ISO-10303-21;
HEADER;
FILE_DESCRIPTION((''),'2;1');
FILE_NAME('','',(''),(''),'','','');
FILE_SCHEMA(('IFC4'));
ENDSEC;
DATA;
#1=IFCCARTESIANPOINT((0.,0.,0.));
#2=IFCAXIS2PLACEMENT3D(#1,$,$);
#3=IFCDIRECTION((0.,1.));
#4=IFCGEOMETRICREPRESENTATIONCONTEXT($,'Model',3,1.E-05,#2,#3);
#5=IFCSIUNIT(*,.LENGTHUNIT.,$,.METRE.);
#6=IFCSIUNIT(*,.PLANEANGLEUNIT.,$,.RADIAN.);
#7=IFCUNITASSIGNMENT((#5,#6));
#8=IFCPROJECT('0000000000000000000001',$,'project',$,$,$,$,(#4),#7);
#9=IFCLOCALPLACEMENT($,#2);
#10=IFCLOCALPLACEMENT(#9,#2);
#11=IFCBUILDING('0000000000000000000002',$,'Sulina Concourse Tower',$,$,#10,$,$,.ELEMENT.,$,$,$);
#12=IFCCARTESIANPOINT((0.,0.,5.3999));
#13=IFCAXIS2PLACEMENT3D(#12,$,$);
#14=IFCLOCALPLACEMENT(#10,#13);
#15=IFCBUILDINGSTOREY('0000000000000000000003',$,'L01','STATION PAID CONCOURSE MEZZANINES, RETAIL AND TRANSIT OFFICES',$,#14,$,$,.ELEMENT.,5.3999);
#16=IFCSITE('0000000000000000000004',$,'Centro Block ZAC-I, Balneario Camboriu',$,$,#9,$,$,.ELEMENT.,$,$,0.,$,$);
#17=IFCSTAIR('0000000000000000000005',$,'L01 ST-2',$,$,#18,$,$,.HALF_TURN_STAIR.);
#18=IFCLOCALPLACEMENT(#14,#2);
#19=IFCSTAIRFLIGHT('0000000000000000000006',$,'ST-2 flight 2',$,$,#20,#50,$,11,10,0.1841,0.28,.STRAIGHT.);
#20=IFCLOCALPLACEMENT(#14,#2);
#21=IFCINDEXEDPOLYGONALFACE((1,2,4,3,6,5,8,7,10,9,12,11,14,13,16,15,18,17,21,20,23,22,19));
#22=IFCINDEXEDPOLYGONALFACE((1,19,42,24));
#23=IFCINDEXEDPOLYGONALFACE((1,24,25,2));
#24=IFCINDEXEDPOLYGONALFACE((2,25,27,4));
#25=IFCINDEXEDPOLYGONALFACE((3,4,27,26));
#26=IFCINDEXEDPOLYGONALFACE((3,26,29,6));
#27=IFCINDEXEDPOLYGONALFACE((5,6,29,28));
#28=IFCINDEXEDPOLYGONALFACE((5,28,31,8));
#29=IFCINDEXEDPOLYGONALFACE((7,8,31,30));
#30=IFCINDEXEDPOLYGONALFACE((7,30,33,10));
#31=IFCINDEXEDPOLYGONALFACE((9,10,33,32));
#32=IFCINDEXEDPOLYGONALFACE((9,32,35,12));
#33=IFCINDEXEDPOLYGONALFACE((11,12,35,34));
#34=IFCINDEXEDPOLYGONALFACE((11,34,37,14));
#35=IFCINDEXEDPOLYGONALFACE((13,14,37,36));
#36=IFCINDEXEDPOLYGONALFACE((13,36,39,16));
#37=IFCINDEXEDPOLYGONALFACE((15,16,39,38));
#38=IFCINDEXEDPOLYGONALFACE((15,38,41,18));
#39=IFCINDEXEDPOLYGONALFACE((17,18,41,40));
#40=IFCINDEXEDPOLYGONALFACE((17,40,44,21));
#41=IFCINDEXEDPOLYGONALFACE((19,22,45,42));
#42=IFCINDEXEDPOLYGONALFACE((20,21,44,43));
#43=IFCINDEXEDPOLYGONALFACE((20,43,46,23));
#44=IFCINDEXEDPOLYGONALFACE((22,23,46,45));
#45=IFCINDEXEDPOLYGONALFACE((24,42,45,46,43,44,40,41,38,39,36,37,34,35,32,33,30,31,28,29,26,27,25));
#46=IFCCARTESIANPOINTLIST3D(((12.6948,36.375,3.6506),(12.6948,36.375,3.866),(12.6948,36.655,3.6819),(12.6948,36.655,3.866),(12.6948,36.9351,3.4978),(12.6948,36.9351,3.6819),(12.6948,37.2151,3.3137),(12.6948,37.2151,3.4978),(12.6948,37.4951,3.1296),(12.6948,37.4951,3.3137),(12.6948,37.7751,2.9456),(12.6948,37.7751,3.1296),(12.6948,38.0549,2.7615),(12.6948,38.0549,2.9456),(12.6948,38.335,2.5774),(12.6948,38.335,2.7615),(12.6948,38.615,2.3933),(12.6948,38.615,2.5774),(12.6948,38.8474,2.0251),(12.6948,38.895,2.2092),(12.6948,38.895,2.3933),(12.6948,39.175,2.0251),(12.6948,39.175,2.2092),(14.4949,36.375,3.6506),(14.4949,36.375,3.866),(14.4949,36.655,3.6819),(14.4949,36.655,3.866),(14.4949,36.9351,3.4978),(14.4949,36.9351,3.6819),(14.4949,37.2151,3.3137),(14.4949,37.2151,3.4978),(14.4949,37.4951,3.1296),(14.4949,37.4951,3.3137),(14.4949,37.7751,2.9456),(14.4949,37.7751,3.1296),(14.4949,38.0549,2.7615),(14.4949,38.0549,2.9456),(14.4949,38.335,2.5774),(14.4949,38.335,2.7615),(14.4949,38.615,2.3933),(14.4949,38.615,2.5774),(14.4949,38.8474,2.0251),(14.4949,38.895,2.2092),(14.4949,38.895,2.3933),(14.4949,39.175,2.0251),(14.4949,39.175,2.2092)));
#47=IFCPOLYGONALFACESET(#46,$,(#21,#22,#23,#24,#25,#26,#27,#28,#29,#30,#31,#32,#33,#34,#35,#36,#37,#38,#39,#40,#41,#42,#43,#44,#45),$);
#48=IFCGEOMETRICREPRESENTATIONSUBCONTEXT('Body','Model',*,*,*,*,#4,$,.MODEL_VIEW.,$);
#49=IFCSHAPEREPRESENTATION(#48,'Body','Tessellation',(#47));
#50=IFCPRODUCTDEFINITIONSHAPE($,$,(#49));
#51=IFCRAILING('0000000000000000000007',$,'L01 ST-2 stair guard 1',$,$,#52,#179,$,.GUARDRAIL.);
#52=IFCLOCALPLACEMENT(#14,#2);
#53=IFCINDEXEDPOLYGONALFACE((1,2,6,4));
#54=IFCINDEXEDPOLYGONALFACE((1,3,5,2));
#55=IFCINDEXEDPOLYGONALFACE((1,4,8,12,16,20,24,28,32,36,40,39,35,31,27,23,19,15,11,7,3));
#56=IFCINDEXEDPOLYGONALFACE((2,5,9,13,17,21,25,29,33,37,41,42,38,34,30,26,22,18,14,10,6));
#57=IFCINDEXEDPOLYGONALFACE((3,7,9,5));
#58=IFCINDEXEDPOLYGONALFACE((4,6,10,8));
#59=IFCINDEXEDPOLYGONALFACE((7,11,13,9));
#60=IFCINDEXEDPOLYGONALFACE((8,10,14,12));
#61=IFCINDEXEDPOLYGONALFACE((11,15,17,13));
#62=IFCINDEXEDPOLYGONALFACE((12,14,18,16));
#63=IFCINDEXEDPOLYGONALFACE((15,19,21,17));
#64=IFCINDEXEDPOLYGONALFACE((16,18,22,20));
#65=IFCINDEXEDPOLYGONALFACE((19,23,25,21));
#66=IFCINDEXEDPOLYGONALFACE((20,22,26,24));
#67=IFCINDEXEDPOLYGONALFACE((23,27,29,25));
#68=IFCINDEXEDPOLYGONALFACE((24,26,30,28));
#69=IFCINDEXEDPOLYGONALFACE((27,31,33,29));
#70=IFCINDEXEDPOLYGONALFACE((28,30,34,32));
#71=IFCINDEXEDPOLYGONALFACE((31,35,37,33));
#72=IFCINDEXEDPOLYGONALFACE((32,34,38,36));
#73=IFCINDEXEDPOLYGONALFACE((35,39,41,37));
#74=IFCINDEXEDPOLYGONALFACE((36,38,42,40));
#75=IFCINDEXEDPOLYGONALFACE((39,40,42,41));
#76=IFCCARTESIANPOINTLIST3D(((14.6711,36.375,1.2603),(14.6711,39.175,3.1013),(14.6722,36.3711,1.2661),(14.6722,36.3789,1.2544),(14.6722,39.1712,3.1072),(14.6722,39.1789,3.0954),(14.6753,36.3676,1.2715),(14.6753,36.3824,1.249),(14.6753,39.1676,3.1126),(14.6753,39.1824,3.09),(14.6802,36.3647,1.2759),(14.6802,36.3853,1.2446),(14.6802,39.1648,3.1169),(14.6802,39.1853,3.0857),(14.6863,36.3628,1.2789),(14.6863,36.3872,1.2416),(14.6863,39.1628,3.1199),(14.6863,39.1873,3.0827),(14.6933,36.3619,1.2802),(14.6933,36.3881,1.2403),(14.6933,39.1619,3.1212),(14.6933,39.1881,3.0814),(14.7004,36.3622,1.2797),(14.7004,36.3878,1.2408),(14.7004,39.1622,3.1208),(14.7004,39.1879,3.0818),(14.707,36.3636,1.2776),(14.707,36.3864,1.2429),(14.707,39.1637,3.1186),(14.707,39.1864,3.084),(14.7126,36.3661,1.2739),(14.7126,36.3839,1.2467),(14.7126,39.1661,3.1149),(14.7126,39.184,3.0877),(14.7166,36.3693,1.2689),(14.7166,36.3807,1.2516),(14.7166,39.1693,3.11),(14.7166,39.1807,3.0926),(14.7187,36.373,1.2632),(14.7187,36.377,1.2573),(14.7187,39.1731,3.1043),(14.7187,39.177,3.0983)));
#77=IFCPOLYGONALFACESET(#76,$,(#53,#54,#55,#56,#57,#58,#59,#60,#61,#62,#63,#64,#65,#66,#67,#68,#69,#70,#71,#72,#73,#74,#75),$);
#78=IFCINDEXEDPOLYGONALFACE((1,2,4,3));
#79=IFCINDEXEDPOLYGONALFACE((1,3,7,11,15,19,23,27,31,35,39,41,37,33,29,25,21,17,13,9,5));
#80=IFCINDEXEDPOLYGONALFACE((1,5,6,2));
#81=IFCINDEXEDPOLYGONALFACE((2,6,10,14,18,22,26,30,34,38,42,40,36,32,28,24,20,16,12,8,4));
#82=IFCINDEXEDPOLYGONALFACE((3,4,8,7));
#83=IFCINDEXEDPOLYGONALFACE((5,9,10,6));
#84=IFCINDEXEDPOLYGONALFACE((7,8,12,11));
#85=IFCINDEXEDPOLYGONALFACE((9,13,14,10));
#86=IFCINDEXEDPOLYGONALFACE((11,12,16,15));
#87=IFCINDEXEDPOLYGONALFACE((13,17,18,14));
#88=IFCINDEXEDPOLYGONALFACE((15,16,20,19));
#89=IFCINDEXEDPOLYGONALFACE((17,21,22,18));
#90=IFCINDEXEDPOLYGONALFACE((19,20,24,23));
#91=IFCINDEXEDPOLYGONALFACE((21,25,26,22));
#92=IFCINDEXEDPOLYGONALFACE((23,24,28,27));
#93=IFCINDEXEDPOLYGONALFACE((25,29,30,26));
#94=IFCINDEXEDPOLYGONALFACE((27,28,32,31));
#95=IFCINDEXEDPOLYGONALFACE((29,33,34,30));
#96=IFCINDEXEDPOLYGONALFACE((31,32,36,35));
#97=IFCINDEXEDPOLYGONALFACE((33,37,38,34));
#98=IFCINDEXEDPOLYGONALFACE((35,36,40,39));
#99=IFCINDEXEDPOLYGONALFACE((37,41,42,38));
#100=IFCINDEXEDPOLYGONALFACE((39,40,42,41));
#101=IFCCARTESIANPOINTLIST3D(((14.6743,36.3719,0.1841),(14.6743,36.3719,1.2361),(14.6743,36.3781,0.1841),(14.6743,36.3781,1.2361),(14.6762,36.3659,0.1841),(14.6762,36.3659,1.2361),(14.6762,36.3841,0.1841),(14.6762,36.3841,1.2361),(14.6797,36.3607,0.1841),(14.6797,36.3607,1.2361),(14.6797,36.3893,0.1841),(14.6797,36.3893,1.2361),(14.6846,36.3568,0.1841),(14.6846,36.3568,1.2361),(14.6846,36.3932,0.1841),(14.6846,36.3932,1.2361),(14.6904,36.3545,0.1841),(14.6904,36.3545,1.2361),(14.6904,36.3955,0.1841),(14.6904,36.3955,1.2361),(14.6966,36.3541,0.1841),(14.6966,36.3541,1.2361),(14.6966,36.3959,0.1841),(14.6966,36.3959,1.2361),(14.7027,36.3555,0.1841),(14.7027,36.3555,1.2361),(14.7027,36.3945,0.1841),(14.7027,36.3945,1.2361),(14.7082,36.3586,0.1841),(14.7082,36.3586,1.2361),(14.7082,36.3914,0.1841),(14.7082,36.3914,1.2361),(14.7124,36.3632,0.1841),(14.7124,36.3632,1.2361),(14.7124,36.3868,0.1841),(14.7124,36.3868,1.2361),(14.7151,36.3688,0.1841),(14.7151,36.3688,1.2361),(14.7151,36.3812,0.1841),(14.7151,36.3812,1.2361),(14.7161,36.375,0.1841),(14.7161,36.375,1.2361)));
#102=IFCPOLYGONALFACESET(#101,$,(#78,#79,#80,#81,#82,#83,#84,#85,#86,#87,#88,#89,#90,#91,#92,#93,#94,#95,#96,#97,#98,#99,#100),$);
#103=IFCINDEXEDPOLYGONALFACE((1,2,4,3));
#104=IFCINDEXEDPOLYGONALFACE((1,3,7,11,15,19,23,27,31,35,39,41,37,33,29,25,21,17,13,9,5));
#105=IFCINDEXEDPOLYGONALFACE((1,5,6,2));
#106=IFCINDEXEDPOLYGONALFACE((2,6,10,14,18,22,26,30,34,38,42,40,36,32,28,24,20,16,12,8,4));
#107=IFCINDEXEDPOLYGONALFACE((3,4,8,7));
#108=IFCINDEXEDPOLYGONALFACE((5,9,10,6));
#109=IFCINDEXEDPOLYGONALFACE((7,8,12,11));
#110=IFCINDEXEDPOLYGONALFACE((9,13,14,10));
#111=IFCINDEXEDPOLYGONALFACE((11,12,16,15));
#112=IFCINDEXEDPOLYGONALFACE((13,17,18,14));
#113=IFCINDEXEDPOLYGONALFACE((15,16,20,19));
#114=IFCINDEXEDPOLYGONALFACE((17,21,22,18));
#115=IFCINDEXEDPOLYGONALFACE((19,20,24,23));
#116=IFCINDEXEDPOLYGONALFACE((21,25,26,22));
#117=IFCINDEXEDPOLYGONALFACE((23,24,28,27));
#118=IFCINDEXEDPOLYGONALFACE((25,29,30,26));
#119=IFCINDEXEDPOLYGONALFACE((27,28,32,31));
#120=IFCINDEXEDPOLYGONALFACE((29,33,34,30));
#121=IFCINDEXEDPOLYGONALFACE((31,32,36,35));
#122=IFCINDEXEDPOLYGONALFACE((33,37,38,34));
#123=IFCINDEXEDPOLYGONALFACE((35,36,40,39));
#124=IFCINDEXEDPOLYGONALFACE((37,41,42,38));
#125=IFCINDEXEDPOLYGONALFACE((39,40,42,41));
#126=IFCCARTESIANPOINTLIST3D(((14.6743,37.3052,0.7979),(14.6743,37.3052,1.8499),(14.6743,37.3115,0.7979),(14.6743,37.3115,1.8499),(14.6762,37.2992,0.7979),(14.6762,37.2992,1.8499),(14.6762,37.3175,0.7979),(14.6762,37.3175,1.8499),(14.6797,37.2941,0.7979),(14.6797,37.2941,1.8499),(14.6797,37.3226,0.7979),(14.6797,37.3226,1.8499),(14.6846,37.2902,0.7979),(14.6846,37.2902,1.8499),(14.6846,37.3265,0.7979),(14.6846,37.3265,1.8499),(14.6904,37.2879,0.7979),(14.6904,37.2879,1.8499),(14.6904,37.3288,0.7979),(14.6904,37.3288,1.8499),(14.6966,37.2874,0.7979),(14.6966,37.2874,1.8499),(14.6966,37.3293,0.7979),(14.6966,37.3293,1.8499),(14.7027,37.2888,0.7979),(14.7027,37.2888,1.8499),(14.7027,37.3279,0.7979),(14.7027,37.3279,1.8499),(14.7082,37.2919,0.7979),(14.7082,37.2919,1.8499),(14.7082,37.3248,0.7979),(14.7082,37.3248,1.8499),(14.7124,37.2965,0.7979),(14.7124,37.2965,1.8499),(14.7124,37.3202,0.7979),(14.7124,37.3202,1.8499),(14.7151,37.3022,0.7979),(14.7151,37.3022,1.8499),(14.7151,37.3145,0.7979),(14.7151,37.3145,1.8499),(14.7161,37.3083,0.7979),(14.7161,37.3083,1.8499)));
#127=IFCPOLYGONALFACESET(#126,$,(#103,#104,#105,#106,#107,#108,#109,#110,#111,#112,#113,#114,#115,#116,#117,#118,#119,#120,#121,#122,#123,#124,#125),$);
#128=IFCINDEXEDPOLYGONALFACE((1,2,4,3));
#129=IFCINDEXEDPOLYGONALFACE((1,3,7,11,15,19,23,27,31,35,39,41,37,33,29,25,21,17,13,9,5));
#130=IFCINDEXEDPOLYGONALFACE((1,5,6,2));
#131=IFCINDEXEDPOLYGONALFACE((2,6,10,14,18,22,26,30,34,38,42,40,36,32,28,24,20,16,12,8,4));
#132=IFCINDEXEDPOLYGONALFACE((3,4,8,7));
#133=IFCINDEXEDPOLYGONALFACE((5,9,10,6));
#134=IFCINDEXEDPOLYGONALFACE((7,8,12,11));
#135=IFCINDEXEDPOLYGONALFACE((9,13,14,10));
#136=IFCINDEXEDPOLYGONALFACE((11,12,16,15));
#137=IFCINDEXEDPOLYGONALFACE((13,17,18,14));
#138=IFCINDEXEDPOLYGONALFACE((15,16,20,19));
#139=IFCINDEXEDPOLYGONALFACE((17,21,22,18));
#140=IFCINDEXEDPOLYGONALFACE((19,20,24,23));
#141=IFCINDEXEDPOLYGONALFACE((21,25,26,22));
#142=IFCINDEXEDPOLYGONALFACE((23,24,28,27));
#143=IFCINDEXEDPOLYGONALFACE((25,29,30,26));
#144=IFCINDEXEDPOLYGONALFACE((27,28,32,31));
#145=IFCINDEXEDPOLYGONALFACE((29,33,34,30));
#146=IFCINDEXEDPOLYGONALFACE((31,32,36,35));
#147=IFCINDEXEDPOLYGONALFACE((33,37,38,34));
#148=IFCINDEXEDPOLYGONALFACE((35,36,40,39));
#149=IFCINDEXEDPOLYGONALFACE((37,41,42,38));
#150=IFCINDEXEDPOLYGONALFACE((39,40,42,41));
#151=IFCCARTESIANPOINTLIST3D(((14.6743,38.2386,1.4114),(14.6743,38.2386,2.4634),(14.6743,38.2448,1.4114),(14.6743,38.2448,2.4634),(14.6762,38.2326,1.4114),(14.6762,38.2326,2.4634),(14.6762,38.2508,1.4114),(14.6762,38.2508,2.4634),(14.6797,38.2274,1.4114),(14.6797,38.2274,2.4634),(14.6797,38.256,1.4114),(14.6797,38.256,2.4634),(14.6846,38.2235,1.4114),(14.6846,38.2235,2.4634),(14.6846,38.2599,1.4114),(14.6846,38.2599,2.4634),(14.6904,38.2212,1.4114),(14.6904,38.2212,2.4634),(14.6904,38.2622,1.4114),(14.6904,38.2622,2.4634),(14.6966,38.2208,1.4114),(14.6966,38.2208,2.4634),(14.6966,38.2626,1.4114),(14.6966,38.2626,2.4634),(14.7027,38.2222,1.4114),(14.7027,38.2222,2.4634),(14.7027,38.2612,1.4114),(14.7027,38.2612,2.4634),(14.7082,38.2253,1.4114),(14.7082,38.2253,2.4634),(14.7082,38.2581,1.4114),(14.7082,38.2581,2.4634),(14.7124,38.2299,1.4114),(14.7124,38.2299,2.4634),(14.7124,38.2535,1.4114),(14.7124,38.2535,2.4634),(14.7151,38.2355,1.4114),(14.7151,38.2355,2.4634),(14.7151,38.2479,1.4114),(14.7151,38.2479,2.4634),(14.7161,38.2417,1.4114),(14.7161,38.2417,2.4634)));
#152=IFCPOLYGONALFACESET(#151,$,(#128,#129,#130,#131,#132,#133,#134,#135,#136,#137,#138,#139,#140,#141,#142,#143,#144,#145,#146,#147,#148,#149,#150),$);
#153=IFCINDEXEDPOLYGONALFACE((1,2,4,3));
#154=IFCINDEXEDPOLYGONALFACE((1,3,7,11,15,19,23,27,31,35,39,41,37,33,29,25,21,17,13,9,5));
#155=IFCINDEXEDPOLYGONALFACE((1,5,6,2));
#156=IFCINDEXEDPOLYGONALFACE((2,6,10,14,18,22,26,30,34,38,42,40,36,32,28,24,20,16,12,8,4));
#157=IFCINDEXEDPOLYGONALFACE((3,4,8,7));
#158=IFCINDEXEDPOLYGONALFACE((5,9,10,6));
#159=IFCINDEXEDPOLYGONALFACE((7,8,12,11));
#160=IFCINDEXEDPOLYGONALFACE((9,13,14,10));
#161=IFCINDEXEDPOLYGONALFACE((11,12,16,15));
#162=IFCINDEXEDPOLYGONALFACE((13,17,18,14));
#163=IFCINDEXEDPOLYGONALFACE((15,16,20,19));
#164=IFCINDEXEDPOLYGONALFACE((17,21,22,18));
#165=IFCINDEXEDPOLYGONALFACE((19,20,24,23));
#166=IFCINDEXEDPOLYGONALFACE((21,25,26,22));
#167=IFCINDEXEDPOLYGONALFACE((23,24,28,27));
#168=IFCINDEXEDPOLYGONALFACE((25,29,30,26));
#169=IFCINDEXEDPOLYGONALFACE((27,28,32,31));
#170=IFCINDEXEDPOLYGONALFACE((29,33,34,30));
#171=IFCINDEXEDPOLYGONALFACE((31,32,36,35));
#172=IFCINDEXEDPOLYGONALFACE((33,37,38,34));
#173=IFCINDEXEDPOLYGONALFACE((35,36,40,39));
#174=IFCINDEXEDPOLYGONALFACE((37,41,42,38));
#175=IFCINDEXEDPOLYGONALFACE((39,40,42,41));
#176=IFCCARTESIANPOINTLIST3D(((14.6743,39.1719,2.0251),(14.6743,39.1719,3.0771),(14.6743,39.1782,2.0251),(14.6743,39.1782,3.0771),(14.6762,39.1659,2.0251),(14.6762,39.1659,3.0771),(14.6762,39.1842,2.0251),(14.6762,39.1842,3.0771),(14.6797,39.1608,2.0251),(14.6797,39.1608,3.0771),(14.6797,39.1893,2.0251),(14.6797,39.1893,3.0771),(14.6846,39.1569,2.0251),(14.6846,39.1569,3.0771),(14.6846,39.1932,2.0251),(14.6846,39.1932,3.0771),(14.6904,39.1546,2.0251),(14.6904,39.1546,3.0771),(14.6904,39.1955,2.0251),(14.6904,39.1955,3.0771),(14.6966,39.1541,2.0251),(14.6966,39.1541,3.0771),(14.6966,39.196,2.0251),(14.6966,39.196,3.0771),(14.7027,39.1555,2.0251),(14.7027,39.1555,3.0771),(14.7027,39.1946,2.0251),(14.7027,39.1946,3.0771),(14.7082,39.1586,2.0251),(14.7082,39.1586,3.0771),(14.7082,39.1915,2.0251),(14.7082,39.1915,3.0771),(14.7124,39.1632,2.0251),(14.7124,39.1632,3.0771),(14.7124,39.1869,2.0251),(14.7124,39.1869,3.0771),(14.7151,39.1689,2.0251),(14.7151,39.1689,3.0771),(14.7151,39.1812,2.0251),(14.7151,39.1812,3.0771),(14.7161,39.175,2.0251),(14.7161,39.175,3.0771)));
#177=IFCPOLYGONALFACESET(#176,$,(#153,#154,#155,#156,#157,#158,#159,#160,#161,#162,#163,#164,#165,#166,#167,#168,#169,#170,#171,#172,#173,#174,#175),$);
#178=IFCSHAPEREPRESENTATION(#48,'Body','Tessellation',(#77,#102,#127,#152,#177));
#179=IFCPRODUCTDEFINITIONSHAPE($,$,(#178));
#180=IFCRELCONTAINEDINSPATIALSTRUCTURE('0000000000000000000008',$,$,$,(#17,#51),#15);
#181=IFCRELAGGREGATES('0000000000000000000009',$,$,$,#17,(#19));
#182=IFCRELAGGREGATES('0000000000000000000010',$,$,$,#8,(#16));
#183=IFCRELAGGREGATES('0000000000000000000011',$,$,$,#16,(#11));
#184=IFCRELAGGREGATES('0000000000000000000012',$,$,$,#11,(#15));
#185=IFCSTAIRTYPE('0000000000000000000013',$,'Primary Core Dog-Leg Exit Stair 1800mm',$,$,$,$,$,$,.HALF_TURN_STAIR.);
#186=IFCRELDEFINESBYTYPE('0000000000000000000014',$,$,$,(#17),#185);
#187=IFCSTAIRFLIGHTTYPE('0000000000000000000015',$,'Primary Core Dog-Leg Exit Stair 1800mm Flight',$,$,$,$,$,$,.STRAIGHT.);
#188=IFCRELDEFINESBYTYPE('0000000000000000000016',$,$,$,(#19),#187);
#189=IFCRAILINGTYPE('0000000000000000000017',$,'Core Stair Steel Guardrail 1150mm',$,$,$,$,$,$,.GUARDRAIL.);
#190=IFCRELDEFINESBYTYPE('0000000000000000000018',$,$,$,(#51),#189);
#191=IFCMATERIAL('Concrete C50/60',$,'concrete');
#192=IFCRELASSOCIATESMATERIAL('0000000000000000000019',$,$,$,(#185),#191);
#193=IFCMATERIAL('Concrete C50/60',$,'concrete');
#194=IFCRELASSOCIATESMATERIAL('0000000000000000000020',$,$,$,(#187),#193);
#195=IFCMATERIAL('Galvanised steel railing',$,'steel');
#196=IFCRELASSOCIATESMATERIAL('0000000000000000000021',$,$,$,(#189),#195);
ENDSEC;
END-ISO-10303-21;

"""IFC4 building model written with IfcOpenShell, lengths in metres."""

from ifc_helpers import new_model, si_unit, direction, frame, origin, origin_2d, place, context, subcontext, project, spatial, polyline, circle, outline, extrude, material, type_object, element, aggregate, save


model = new_model("IFC4")

# Units and contexts
model_context = context("Model", 3, precision=1e-05, world=origin(), true_north=direction((0.0, 1.0)))
body_context = subcontext(model_context, "Body", "Model", "MODEL_VIEW")
ifc_project = project(units=[si_unit("LENGTHUNIT", "METRE"), si_unit("PLANEANGLEUNIT", "RADIAN")], contexts=[model_context])

# Site, building, storey
site_placement = place(None, origin())
site = spatial("IfcSite", under=ifc_project, at=site_placement, Name="Centro Block ZAC-I, Balneario Camboriu", CompositionType="ELEMENT", RefElevation=0.0)
building_placement = place(site_placement, origin())
building = spatial("IfcBuilding", under=site, at=building_placement, Name="Sulina Concourse Tower", CompositionType="ELEMENT")
storey_placement = place(building_placement, frame((0.0, 0.0, 5.3999)))
storey = spatial("IfcBuildingStorey", under=building, at=storey_placement, Name="L01", Description="STATION PAID CONCOURSE MEZZANINES, RETAIL AND TRANSIT OFFICES", CompositionType="ELEMENT", Elevation=5.3999)

# Shared definitions
ifc_material_1 = material(Name="Concrete C50/60", Category="concrete")
stair_type = type_object("IfcStairType", Name="Primary Core Dog-Leg Exit Stair 1800mm", PredefinedType="HALF_TURN_STAIR", material=ifc_material_1)
ifc_material_2 = material(Name="Concrete C50/60", Category="concrete")
stair_flight_type = type_object("IfcStairFlightType", Name="Primary Core Dog-Leg Exit Stair 1800mm Flight", PredefinedType="STRAIGHT", material=ifc_material_2)

# Stair, stair flight
stair_1_placement = place(storey_placement, origin())
stair_1 = element("IfcStair", 1, at=stair_1_placement, inside=storey, type_object=stair_type, Name="L01 ST-2", PredefinedType="HALF_TURN_STAIR")
stair_flight_1_placement = place(storey_placement, frame((13.595, 39.175, 2.0251), z_axis=(0.0, 0.0, 1.0), x_axis=(0.0, -1.0, 0.0)))
stair_flight_1 = element("IfcStairFlight", 2, at=stair_flight_1_placement, type_object=stair_flight_type, Name="ST-2 flight 2", NumberOfRisers=11, NumberOfTreads=10, PredefinedType="STRAIGHT", RiserHeight=0.1841, TreadLength=0.28, context=body_context, shape_type="SweptSolid", body=[
    extrude(outline(polyline([(0.0, 0.0), (0.0, 0.1841), (0.28, 0.1841), (0.28, 0.3682), (0.5601, 0.3682), (0.5601, 0.5522), (0.8401, 0.5522), (0.8401, 0.7363), (1.1201, 0.7363), (1.1201, 0.9204), (1.3999, 0.9204), (1.3999, 1.1045), (1.6799, 1.1045), (1.6799, 1.2886), (1.96, 1.2886), (1.96, 1.4727), (2.24, 1.4727), (2.24, 1.6567), (2.52, 1.6567), (2.52, 1.8408), (2.8, 1.8408), (2.8, 2.0249), (2.8, 1.6255), (0.3276, 0.0), (0.0, 0.0)])), frame((0.0, 0.8999, 0.0), z_axis=(0.0, -1.0, 0.0), x_axis=(1.0, 0.0, 0.0)), (0.0, 0.0, 1.0), 1.8),
])
aggregate(stair_1, [stair_flight_1])

# Railing
ifc_material_3 = material(Name="Galvanised steel railing", Category="steel")
railing_type_1 = type_object("IfcRailingType", Name="Core Stair Steel Guardrail 1150mm", PredefinedType="GUARDRAIL", material=ifc_material_3)
railing_1_placement = place(storey_placement, frame((14.6951, 36.375, 0.1841)))
element("IfcRailing", 3, at=railing_1_placement, inside=storey, type_object=railing_type_1, Name="L01 ST-2 stair guard 1", PredefinedType="GUARDRAIL", context=body_context, shape_type="SweptSolid", body=[
    extrude(circle(Radius=0.0239, at=origin_2d()), frame((0.0, 0.0, 1.0762), z_axis=(0.0, 0.835564, 0.549393), x_axis=(-1.0, 0.0, 0.0)), (0.0, 0.0, 1.0), 3.3511),
    extrude(circle(Radius=0.021, at=origin_2d()), origin(), (0.0, 0.0, 1.0), 1.052),
    extrude(circle(Radius=0.021, at=origin_2d()), frame((0.0, 0.9333, 0.6138)), (0.0, 0.0, 1.0), 1.052),
    extrude(circle(Radius=0.021, at=origin_2d()), frame((0.0, 1.8667, 1.2273)), (0.0, 0.0, 1.0), 1.052),
    extrude(circle(Radius=0.021, at=origin_2d()), frame((0.0, 2.8, 1.8411)), (0.0, 0.0, 1.0), 1.052),
])

save(model, "model.ifc")
